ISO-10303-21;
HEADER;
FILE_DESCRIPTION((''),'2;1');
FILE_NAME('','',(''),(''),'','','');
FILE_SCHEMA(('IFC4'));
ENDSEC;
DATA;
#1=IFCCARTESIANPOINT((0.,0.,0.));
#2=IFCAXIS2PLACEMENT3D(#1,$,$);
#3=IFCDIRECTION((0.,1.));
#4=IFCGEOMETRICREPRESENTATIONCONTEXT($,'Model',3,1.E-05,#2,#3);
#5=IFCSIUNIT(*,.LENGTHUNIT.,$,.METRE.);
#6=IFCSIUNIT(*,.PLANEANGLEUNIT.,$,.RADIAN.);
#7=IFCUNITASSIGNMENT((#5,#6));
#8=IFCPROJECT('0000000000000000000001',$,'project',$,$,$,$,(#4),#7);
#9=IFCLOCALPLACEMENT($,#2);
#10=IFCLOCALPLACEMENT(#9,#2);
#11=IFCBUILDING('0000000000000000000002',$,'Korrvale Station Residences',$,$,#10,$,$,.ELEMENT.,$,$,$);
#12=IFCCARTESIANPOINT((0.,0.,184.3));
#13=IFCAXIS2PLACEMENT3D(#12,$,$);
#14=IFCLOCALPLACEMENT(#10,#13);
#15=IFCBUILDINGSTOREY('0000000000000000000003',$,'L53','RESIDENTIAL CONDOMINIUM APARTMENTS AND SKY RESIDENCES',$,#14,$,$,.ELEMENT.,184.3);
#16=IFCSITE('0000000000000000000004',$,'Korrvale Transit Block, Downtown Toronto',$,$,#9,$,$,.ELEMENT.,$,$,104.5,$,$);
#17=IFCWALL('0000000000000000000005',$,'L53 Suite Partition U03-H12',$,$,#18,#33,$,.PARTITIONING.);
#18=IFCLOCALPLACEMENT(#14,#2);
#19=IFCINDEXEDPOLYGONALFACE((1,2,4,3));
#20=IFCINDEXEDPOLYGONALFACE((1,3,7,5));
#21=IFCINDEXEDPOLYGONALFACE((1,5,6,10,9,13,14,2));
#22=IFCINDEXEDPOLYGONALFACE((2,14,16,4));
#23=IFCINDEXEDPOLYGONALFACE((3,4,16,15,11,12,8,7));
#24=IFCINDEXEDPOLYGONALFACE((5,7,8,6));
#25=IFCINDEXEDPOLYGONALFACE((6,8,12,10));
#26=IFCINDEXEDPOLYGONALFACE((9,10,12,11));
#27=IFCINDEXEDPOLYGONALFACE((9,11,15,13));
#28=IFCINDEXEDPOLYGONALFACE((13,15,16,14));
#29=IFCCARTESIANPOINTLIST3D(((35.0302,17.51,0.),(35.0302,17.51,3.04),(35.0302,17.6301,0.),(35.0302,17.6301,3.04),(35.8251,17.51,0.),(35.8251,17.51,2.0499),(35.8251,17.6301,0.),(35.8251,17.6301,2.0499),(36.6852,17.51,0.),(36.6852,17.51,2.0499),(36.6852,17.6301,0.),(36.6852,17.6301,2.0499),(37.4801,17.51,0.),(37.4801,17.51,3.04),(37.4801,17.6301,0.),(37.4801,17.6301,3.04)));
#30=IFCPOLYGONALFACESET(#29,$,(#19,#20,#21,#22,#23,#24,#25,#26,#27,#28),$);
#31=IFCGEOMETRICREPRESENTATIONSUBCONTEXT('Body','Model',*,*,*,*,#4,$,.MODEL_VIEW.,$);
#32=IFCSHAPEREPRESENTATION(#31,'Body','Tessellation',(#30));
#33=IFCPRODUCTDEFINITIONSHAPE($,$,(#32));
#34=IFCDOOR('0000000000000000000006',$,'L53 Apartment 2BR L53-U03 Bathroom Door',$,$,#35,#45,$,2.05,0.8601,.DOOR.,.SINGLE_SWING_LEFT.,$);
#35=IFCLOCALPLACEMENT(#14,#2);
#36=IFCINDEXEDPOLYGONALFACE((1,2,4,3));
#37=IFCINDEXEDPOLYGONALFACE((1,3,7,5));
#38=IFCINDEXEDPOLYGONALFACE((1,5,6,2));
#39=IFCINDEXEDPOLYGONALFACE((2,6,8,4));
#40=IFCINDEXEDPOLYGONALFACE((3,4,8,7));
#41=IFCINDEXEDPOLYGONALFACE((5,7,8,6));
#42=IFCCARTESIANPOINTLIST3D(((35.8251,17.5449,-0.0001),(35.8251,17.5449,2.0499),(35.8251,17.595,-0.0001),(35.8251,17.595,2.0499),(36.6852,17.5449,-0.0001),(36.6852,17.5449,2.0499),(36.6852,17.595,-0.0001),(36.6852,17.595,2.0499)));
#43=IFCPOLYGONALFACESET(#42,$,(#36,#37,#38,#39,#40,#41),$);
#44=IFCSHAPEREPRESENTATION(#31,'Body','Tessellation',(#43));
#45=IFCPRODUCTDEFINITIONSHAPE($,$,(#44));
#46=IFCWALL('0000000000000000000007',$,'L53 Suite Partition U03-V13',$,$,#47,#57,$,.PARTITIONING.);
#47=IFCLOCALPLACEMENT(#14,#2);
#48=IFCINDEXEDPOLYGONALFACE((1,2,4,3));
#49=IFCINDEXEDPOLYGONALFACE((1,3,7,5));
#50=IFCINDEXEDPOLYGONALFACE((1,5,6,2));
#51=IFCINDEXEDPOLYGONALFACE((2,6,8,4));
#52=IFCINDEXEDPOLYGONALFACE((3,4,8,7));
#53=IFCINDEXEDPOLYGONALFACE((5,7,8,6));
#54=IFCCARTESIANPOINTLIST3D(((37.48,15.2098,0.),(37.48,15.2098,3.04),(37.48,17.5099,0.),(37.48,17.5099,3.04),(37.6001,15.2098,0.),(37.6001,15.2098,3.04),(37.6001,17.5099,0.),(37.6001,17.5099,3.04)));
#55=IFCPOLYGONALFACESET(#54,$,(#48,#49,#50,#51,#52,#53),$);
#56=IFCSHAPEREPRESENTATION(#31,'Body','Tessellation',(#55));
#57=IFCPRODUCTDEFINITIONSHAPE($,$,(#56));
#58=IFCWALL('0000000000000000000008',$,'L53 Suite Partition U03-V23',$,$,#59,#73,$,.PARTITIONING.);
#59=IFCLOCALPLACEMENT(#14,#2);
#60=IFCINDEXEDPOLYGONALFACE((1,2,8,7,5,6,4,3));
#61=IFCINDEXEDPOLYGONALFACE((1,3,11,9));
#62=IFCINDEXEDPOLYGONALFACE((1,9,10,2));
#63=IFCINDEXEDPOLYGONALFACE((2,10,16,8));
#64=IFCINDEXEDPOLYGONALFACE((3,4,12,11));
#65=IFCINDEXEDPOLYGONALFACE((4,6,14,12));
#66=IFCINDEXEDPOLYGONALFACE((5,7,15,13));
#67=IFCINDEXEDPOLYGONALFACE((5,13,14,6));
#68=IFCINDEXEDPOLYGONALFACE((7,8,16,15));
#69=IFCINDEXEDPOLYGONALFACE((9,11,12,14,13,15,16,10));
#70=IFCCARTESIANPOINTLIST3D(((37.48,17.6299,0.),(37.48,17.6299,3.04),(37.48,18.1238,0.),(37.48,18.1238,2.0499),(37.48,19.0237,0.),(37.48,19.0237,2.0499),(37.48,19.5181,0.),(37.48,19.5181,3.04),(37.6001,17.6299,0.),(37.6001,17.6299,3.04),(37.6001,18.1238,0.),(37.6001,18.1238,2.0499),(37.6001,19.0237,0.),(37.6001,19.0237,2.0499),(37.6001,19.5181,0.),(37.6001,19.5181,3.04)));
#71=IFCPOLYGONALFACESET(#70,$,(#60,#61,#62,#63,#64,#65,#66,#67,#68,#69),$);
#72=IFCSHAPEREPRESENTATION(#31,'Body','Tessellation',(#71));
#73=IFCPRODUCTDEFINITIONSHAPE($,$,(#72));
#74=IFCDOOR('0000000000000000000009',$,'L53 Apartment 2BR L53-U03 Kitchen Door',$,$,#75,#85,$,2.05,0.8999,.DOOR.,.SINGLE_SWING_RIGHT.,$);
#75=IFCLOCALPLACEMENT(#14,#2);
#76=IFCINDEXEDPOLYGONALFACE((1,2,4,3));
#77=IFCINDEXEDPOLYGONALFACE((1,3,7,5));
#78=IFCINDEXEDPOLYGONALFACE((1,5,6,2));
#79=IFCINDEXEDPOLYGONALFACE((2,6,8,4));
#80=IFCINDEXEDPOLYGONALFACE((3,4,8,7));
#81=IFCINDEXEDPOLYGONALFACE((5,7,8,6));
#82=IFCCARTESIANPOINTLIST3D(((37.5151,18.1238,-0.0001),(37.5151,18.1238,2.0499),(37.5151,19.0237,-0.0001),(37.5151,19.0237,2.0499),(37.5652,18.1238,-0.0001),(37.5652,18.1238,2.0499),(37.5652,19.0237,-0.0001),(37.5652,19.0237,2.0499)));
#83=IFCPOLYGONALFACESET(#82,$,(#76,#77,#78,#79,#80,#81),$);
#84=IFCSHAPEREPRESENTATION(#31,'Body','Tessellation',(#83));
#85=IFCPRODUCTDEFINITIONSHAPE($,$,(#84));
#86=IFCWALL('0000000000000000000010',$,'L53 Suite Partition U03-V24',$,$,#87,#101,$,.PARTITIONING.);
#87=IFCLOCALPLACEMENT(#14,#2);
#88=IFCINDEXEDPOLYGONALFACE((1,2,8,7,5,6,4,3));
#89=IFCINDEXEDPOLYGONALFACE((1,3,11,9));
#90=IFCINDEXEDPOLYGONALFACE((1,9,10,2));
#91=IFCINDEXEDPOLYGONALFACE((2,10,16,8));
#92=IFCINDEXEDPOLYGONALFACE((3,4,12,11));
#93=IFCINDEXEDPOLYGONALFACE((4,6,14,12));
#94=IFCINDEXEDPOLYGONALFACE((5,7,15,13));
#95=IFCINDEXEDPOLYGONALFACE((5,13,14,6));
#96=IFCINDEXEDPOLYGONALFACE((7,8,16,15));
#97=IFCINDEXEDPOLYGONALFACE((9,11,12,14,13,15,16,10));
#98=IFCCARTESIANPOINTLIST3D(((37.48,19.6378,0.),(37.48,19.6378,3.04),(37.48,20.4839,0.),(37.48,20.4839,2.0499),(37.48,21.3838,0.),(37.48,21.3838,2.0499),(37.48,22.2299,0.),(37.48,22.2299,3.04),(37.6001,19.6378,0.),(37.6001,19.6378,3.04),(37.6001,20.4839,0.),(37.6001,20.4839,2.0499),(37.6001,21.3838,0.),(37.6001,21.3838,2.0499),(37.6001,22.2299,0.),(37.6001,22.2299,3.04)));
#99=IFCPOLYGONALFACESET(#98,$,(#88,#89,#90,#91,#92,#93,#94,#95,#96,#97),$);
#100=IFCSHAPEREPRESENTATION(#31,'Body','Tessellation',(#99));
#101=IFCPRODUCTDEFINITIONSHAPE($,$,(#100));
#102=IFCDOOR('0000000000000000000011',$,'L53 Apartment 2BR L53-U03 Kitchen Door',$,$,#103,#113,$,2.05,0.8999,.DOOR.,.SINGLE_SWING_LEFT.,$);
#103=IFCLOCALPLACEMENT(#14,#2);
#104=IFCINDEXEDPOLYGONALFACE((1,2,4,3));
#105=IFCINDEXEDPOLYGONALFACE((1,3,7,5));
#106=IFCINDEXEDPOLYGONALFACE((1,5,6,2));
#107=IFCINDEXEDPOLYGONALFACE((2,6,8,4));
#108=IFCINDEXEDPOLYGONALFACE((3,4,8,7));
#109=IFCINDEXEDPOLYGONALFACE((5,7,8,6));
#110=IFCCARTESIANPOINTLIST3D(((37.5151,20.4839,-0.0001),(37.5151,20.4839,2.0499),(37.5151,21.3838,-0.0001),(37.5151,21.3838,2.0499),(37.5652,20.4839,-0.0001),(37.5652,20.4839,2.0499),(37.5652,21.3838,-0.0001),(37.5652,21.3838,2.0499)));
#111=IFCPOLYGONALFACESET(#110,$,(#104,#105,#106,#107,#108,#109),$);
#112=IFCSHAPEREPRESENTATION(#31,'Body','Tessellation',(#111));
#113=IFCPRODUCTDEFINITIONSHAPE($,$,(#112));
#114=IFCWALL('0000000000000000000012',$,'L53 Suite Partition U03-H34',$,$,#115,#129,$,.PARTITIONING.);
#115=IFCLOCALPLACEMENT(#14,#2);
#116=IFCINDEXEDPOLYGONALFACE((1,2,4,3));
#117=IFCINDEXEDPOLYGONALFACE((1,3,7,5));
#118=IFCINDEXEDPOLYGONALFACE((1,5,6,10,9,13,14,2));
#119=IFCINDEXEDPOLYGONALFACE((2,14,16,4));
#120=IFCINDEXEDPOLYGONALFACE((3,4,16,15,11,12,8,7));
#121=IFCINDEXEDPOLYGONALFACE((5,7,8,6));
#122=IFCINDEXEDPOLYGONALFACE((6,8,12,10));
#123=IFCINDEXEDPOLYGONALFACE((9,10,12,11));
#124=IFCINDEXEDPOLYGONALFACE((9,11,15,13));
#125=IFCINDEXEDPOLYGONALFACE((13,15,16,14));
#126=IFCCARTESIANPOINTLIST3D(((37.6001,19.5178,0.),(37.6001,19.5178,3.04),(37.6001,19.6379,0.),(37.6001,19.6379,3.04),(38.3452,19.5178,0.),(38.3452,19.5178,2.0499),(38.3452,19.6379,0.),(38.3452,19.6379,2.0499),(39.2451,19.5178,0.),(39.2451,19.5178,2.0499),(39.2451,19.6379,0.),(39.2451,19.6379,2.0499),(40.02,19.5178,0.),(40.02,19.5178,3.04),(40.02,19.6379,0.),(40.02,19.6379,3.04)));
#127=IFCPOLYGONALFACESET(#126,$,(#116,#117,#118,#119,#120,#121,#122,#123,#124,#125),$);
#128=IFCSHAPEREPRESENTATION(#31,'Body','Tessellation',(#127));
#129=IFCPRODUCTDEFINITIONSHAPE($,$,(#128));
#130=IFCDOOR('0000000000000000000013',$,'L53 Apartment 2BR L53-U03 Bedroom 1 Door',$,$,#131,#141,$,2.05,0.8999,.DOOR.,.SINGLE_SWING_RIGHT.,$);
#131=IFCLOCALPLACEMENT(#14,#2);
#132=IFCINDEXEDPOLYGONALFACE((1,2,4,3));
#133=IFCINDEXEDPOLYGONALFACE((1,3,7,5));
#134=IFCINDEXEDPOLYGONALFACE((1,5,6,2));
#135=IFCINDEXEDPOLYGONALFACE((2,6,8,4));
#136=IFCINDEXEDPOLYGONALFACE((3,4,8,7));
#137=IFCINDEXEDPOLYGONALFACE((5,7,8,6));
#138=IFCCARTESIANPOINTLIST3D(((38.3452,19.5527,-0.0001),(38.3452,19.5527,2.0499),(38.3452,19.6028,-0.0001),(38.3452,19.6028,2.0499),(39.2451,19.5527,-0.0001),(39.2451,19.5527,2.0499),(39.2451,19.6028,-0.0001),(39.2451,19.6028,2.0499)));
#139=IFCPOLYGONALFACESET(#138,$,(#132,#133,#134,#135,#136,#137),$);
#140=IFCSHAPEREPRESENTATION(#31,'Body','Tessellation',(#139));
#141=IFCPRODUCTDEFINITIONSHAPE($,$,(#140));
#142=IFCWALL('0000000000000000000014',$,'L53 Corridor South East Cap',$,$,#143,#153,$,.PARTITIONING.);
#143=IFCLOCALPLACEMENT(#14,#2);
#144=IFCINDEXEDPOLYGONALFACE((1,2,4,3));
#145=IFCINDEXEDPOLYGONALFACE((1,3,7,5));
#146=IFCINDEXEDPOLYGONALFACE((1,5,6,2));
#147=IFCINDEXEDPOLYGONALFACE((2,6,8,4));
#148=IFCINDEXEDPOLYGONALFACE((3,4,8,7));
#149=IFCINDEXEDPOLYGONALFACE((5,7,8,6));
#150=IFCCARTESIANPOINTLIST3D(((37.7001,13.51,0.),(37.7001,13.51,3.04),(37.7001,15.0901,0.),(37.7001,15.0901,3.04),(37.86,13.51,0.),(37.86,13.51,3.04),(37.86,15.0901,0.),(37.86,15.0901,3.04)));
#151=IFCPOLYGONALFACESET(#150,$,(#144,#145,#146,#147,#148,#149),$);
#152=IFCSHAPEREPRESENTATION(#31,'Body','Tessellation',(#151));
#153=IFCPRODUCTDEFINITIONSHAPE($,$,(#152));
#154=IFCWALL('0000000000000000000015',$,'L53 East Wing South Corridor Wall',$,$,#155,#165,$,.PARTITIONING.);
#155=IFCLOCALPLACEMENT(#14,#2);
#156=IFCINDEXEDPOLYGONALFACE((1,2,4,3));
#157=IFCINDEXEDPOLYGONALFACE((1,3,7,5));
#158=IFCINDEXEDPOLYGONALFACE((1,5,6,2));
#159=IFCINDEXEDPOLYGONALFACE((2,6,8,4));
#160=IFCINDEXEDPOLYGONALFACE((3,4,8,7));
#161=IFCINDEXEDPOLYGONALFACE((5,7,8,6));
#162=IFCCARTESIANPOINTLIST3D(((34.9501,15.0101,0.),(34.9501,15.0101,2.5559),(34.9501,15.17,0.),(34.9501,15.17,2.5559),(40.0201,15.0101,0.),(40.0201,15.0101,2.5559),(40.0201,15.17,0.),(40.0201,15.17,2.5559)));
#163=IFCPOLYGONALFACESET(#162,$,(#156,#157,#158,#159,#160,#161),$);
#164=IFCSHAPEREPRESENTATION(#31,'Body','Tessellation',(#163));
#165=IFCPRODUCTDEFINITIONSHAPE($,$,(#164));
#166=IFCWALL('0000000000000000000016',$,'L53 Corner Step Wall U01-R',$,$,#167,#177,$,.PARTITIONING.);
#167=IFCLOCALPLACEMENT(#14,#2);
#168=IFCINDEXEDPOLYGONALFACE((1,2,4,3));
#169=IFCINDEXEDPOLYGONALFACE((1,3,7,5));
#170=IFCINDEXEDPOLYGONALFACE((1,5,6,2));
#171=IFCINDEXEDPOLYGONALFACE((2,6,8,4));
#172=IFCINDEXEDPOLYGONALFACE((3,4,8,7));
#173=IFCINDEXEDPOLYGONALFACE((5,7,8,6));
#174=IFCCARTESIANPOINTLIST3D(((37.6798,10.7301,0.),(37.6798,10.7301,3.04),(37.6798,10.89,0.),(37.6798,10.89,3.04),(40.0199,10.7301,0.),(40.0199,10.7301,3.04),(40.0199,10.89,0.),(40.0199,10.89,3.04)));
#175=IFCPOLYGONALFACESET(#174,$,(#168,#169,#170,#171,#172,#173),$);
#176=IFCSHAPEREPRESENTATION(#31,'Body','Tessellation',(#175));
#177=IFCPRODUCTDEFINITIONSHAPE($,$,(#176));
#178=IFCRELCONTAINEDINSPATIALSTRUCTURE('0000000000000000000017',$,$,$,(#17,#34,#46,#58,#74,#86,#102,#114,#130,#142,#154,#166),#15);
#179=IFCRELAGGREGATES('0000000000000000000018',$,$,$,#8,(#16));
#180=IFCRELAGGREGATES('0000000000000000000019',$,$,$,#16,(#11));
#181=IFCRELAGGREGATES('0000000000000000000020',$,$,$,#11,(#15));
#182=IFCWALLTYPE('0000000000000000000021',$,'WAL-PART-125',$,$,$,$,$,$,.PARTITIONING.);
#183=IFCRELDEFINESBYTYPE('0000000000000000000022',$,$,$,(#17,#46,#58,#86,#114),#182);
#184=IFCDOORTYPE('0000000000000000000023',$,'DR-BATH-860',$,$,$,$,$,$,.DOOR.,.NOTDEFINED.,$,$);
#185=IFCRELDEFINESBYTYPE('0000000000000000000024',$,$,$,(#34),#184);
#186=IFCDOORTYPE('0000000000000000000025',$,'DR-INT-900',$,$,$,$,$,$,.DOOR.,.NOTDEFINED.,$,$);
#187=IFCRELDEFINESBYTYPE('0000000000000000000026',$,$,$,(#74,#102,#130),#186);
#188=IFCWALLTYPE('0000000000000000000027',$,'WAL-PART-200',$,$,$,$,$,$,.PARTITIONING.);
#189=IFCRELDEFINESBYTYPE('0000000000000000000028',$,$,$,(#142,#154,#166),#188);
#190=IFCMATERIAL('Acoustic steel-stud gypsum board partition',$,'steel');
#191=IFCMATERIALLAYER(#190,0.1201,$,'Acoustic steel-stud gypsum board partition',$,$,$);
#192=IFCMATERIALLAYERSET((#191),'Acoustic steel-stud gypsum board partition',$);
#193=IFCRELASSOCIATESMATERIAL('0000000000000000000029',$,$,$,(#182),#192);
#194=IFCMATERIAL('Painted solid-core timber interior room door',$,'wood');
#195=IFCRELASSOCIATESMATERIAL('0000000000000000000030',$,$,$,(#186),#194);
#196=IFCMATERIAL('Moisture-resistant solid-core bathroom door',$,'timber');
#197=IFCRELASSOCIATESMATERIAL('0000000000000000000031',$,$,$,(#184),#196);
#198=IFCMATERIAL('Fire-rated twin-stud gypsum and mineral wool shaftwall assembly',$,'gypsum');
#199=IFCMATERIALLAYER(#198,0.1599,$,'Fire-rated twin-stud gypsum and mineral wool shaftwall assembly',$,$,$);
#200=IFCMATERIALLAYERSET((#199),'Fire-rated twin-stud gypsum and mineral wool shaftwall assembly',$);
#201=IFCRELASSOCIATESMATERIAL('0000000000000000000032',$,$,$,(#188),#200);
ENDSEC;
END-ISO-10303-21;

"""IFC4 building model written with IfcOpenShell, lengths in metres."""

from ifc_helpers import new_model, si_unit, direction, frame, frame_2d, origin, place, context, subcontext, project, spatial, rectangle, extrude, material, layer, layer_set, type_object, element, fill, save


model = new_model("IFC4")

# Units and contexts
model_context = context("Model", 3, precision=1e-05, world=origin(), true_north=direction((0.0, 1.0)))
body_context = subcontext(model_context, "Body", "Model", "MODEL_VIEW")
ifc_project = project(units=[si_unit("LENGTHUNIT", "METRE"), si_unit("PLANEANGLEUNIT", "RADIAN")], contexts=[model_context])

# Site, building, storey
site_placement = place(None, origin())
site = spatial("IfcSite", under=ifc_project, at=site_placement, Name="Korrvale Transit Block, Downtown Toronto", CompositionType="ELEMENT", RefElevation=104.5)
building_placement = place(site_placement, origin())
building = spatial("IfcBuilding", under=site, at=building_placement, Name="Korrvale Station Residences", CompositionType="ELEMENT")
storey_placement = place(building_placement, frame((0.0, 0.0, 184.3)))
storey = spatial("IfcBuildingStorey", under=building, at=storey_placement, Name="L53", Description="RESIDENTIAL CONDOMINIUM APARTMENTS AND SKY RESIDENCES", CompositionType="ELEMENT", Elevation=184.3)

# Wall, opening, door
ifc_material_1 = material(Name="Acoustic steel-stud gypsum board partition", Category="steel")
ifc_layer_1 = layer(ifc_material_1, 0.1201, Name="Acoustic steel-stud gypsum board partition")
ifc_layer_set_1 = layer_set([ifc_layer_1], Name="Acoustic steel-stud gypsum board partition")
wall_type_1 = type_object("IfcWallType", Name="WAL-PART-125", PredefinedType="PARTITIONING", material=ifc_layer_set_1)
ifc_material_2 = material(Name="Painted solid-core timber interior room door", Category="wood")
door_type_1 = type_object("IfcDoorType", Name="DR-INT-900", OperationType="NOTDEFINED", PredefinedType="DOOR", material=ifc_material_2)
wall_1_placement = place(storey_placement, frame((35.03, 17.5701, 0.0), z_axis=(0.0, 0.0, 1.0), x_axis=(1.0, 0.0, 0.0)))
wall_1 = element("IfcWall", 1, at=wall_1_placement, inside=storey, type_object=wall_type_1, Name="L53 Suite Partition U03-H12", PredefinedType="PARTITIONING", context=body_context, shape_type="SweptSolid", body=[
    extrude(rectangle(XDim=2.45, YDim=0.1201, at=frame_2d((1.2251, 0.0))), origin(), (0.0, 0.0, 1.0), 3.04),
])
opening_1_placement = place(wall_1_placement, frame((0.7949, 0.0, 0.0)))
opening_1 = element("IfcOpeningElement", 2, at=opening_1_placement, cuts=wall_1, PredefinedType="OPENING", context=body_context, shape_type="SweptSolid", body=[
    extrude(rectangle(XDim=0.8601, YDim=2.05, at=frame_2d((0.4302, 1.0249))), frame((0.0, 0.0701, 0.0), z_axis=(0.0, -1.0, 0.0), x_axis=(1.0, 0.0, 0.0)), (0.0, 0.0, 1.0), 0.1401),
])
ifc_material_3 = material(Name="Moisture-resistant solid-core bathroom door", Category="timber")
door_type_2 = type_object("IfcDoorType", Name="DR-BATH-860", OperationType="NOTDEFINED", PredefinedType="DOOR", material=ifc_material_3)
door_1_placement = place(opening_1_placement, origin())
door_1 = element("IfcDoor", 3, at=door_1_placement, inside=storey, type_object=door_type_2, Name="L53 Apartment 2BR L53-U03 Bathroom Door", OperationType="SINGLE_SWING_LEFT", OverallHeight=2.05, OverallWidth=0.8601, PredefinedType="DOOR", context=body_context, shape_type="SweptSolid", body=[
    extrude(rectangle(XDim=0.8601, YDim=2.05, at=frame_2d((0.4302, 1.0249))), frame((0.0, 0.0249, 0.0), z_axis=(0.0, -1.0, 0.0), x_axis=(1.0, 0.0, 0.0)), (0.0, 0.0, 1.0), 0.05),
])
fill(opening_1, door_1)

# Wall
wall_2_placement = place(storey_placement, frame((37.54, 15.21, 0.0), z_axis=(0.0, 0.0, 1.0), x_axis=(0.0, 1.0, 0.0)))
element("IfcWall", 4, at=wall_2_placement, inside=storey, type_object=wall_type_1, Name="L53 Suite Partition U03-V13", PredefinedType="PARTITIONING", context=body_context, shape_type="SweptSolid", body=[
    extrude(rectangle(XDim=2.3, YDim=0.1201, at=frame_2d((1.1499, 0.0))), origin(), (0.0, 0.0, 1.0), 3.04),
])

# Walls, openings, doors
wall_3_placement = place(storey_placement, frame((37.54, 17.6299, 0.0), z_axis=(0.0, 0.0, 1.0), x_axis=(0.0, 1.0, 0.0)))
wall_3 = element("IfcWall", 5, at=wall_3_placement, inside=storey, type_object=wall_type_1, Name="L53 Suite Partition U03-V23", PredefinedType="PARTITIONING", context=body_context, shape_type="SweptSolid", body=[
    extrude(rectangle(XDim=1.8882, YDim=0.1201, at=frame_2d((0.9441, 0.0))), origin(), (0.0, 0.0, 1.0), 3.04),
])
opening_2_placement = place(wall_3_placement, frame((0.4939, 0.0, 0.0)))
opening_2 = element("IfcOpeningElement", 6, at=opening_2_placement, cuts=wall_3, PredefinedType="OPENING", context=body_context, shape_type="SweptSolid", body=[
    extrude(rectangle(XDim=0.8999, YDim=2.05, at=frame_2d((0.45, 1.0249))), frame((0.0, 0.0701, 0.0), z_axis=(0.0, -1.0, 0.0), x_axis=(1.0, 0.0, 0.0)), (0.0, 0.0, 1.0), 0.1401),
])
door_2_placement = place(opening_2_placement, origin())
door_2 = element("IfcDoor", 7, at=door_2_placement, inside=storey, type_object=door_type_1, Name="L53 Apartment 2BR L53-U03 Kitchen Door", OperationType="SINGLE_SWING_RIGHT", OverallHeight=2.05, OverallWidth=0.8999, PredefinedType="DOOR", context=body_context, shape_type="SweptSolid", body=[
    extrude(rectangle(XDim=0.8999, YDim=2.05, at=frame_2d((0.45, 1.0249))), frame((0.0, 0.0249, 0.0), z_axis=(0.0, -1.0, 0.0), x_axis=(1.0, 0.0, 0.0)), (0.0, 0.0, 1.0), 0.05),
])
fill(opening_2, door_2)
wall_4_placement = place(storey_placement, frame((37.54, 19.6379, 0.0), z_axis=(0.0, 0.0, 1.0), x_axis=(0.0, 1.0, 0.0)))
wall_4 = element("IfcWall", 8, at=wall_4_placement, inside=storey, type_object=wall_type_1, Name="L53 Suite Partition U03-V24", PredefinedType="PARTITIONING", context=body_context, shape_type="SweptSolid", body=[
    extrude(rectangle(XDim=2.592, YDim=0.1201, at=frame_2d((1.2959, 0.0))), origin(), (0.0, 0.0, 1.0), 3.04),
])
opening_3_placement = place(wall_4_placement, frame((0.8459, 0.0, 0.0)))
opening_3 = element("IfcOpeningElement", 9, at=opening_3_placement, cuts=wall_4, PredefinedType="OPENING", context=body_context, shape_type="SweptSolid", body=[
    extrude(rectangle(XDim=0.8999, YDim=2.05, at=frame_2d((0.45, 1.0249))), frame((0.0, 0.0701, 0.0), z_axis=(0.0, -1.0, 0.0), x_axis=(1.0, 0.0, 0.0)), (0.0, 0.0, 1.0), 0.1401),
])
door_3_placement = place(opening_3_placement, origin())
door_3 = element("IfcDoor", 10, at=door_3_placement, inside=storey, type_object=door_type_1, Name="L53 Apartment 2BR L53-U03 Kitchen Door", OperationType="SINGLE_SWING_LEFT", OverallHeight=2.05, OverallWidth=0.8999, PredefinedType="DOOR", context=body_context, shape_type="SweptSolid", body=[
    extrude(rectangle(XDim=0.8999, YDim=2.05, at=frame_2d((0.45, 1.0249))), frame((0.0, 0.0249, 0.0), z_axis=(0.0, -1.0, 0.0), x_axis=(1.0, 0.0, 0.0)), (0.0, 0.0, 1.0), 0.05),
])
fill(opening_3, door_3)
wall_5_placement = place(storey_placement, frame((37.6001, 19.5779, 0.0), z_axis=(0.0, 0.0, 1.0), x_axis=(1.0, 0.0, 0.0)))
wall_5 = element("IfcWall", 11, at=wall_5_placement, inside=storey, type_object=wall_type_1, Name="L53 Suite Partition U03-H34", PredefinedType="PARTITIONING", context=body_context, shape_type="SweptSolid", body=[
    extrude(rectangle(XDim=2.4199, YDim=0.1201, at=frame_2d((1.21, 0.0))), origin(), (0.0, 0.0, 1.0), 3.04),
])
opening_4_placement = place(wall_5_placement, frame((0.7451, 0.0, 0.0)))
opening_4 = element("IfcOpeningElement", 12, at=opening_4_placement, cuts=wall_5, PredefinedType="OPENING", context=body_context, shape_type="SweptSolid", body=[
    extrude(rectangle(XDim=0.8999, YDim=2.05, at=frame_2d((0.45, 1.0249))), frame((0.0, 0.0701, 0.0), z_axis=(0.0, -1.0, 0.0), x_axis=(1.0, 0.0, 0.0)), (0.0, 0.0, 1.0), 0.1401),
])
door_4_placement = place(opening_4_placement, origin())
door_4 = element("IfcDoor", 13, at=door_4_placement, inside=storey, type_object=door_type_1, Name="L53 Apartment 2BR L53-U03 Bedroom 1 Door", OperationType="SINGLE_SWING_RIGHT", OverallHeight=2.05, OverallWidth=0.8999, PredefinedType="DOOR", context=body_context, shape_type="SweptSolid", body=[
    extrude(rectangle(XDim=0.8999, YDim=2.05, at=frame_2d((0.45, 1.0249))), frame((0.0, 0.0249, 0.0), z_axis=(0.0, -1.0, 0.0), x_axis=(1.0, 0.0, 0.0)), (0.0, 0.0, 1.0), 0.05),
])
fill(opening_4, door_4)

# Walls
ifc_material_4 = material(Name="Fire-rated twin-stud gypsum and mineral wool shaftwall assembly", Category="gypsum")
ifc_layer_2 = layer(ifc_material_4, 0.1599, Name="Fire-rated twin-stud gypsum and mineral wool shaftwall assembly")
ifc_layer_set_2 = layer_set([ifc_layer_2], Name="Fire-rated twin-stud gypsum and mineral wool shaftwall assembly")
wall_type_2 = type_object("IfcWallType", Name="WAL-PART-200", PredefinedType="PARTITIONING", material=ifc_layer_set_2)
wall_6_placement = place(storey_placement, frame((37.78, 13.51, 0.0), z_axis=(0.0, 0.0, 1.0), x_axis=(0.0, 1.0, 0.0)))
element("IfcWall", 14, at=wall_6_placement, inside=storey, type_object=wall_type_2, Name="L53 Corridor South East Cap", PredefinedType="PARTITIONING", context=body_context, shape_type="SweptSolid", body=[
    extrude(rectangle(XDim=1.5801, YDim=0.1599, at=frame_2d((0.79, 0.0))), origin(), (0.0, 0.0, 1.0), 3.04),
])
wall_7_placement = place(storey_placement, frame((34.95, 15.0901, 0.0), z_axis=(0.0, 0.0, 1.0), x_axis=(1.0, 0.0, 0.0)))
element("IfcWall", 15, at=wall_7_placement, inside=storey, type_object=wall_type_2, Name="L53 East Wing South Corridor Wall", PredefinedType="PARTITIONING", context=body_context, shape_type="SweptSolid", body=[
    extrude(rectangle(XDim=5.0701, YDim=0.1599, at=frame_2d((2.5352, 0.0))), origin(), (0.0, 0.0, 1.0), 2.5559),
])
wall_8_placement = place(storey_placement, frame((37.6799, 10.8101, 0.0), z_axis=(0.0, 0.0, 1.0), x_axis=(1.0, 0.0, 0.0)))
element("IfcWall", 16, at=wall_8_placement, inside=storey, type_object=wall_type_2, Name="L53 Corner Step Wall U01-R", PredefinedType="PARTITIONING", context=body_context, shape_type="SweptSolid", body=[
    extrude(rectangle(XDim=2.3401, YDim=0.1599, at=frame_2d((1.1699, 0.0))), origin(), (0.0, 0.0, 1.0), 3.04),
])

save(model, "model.ifc")
